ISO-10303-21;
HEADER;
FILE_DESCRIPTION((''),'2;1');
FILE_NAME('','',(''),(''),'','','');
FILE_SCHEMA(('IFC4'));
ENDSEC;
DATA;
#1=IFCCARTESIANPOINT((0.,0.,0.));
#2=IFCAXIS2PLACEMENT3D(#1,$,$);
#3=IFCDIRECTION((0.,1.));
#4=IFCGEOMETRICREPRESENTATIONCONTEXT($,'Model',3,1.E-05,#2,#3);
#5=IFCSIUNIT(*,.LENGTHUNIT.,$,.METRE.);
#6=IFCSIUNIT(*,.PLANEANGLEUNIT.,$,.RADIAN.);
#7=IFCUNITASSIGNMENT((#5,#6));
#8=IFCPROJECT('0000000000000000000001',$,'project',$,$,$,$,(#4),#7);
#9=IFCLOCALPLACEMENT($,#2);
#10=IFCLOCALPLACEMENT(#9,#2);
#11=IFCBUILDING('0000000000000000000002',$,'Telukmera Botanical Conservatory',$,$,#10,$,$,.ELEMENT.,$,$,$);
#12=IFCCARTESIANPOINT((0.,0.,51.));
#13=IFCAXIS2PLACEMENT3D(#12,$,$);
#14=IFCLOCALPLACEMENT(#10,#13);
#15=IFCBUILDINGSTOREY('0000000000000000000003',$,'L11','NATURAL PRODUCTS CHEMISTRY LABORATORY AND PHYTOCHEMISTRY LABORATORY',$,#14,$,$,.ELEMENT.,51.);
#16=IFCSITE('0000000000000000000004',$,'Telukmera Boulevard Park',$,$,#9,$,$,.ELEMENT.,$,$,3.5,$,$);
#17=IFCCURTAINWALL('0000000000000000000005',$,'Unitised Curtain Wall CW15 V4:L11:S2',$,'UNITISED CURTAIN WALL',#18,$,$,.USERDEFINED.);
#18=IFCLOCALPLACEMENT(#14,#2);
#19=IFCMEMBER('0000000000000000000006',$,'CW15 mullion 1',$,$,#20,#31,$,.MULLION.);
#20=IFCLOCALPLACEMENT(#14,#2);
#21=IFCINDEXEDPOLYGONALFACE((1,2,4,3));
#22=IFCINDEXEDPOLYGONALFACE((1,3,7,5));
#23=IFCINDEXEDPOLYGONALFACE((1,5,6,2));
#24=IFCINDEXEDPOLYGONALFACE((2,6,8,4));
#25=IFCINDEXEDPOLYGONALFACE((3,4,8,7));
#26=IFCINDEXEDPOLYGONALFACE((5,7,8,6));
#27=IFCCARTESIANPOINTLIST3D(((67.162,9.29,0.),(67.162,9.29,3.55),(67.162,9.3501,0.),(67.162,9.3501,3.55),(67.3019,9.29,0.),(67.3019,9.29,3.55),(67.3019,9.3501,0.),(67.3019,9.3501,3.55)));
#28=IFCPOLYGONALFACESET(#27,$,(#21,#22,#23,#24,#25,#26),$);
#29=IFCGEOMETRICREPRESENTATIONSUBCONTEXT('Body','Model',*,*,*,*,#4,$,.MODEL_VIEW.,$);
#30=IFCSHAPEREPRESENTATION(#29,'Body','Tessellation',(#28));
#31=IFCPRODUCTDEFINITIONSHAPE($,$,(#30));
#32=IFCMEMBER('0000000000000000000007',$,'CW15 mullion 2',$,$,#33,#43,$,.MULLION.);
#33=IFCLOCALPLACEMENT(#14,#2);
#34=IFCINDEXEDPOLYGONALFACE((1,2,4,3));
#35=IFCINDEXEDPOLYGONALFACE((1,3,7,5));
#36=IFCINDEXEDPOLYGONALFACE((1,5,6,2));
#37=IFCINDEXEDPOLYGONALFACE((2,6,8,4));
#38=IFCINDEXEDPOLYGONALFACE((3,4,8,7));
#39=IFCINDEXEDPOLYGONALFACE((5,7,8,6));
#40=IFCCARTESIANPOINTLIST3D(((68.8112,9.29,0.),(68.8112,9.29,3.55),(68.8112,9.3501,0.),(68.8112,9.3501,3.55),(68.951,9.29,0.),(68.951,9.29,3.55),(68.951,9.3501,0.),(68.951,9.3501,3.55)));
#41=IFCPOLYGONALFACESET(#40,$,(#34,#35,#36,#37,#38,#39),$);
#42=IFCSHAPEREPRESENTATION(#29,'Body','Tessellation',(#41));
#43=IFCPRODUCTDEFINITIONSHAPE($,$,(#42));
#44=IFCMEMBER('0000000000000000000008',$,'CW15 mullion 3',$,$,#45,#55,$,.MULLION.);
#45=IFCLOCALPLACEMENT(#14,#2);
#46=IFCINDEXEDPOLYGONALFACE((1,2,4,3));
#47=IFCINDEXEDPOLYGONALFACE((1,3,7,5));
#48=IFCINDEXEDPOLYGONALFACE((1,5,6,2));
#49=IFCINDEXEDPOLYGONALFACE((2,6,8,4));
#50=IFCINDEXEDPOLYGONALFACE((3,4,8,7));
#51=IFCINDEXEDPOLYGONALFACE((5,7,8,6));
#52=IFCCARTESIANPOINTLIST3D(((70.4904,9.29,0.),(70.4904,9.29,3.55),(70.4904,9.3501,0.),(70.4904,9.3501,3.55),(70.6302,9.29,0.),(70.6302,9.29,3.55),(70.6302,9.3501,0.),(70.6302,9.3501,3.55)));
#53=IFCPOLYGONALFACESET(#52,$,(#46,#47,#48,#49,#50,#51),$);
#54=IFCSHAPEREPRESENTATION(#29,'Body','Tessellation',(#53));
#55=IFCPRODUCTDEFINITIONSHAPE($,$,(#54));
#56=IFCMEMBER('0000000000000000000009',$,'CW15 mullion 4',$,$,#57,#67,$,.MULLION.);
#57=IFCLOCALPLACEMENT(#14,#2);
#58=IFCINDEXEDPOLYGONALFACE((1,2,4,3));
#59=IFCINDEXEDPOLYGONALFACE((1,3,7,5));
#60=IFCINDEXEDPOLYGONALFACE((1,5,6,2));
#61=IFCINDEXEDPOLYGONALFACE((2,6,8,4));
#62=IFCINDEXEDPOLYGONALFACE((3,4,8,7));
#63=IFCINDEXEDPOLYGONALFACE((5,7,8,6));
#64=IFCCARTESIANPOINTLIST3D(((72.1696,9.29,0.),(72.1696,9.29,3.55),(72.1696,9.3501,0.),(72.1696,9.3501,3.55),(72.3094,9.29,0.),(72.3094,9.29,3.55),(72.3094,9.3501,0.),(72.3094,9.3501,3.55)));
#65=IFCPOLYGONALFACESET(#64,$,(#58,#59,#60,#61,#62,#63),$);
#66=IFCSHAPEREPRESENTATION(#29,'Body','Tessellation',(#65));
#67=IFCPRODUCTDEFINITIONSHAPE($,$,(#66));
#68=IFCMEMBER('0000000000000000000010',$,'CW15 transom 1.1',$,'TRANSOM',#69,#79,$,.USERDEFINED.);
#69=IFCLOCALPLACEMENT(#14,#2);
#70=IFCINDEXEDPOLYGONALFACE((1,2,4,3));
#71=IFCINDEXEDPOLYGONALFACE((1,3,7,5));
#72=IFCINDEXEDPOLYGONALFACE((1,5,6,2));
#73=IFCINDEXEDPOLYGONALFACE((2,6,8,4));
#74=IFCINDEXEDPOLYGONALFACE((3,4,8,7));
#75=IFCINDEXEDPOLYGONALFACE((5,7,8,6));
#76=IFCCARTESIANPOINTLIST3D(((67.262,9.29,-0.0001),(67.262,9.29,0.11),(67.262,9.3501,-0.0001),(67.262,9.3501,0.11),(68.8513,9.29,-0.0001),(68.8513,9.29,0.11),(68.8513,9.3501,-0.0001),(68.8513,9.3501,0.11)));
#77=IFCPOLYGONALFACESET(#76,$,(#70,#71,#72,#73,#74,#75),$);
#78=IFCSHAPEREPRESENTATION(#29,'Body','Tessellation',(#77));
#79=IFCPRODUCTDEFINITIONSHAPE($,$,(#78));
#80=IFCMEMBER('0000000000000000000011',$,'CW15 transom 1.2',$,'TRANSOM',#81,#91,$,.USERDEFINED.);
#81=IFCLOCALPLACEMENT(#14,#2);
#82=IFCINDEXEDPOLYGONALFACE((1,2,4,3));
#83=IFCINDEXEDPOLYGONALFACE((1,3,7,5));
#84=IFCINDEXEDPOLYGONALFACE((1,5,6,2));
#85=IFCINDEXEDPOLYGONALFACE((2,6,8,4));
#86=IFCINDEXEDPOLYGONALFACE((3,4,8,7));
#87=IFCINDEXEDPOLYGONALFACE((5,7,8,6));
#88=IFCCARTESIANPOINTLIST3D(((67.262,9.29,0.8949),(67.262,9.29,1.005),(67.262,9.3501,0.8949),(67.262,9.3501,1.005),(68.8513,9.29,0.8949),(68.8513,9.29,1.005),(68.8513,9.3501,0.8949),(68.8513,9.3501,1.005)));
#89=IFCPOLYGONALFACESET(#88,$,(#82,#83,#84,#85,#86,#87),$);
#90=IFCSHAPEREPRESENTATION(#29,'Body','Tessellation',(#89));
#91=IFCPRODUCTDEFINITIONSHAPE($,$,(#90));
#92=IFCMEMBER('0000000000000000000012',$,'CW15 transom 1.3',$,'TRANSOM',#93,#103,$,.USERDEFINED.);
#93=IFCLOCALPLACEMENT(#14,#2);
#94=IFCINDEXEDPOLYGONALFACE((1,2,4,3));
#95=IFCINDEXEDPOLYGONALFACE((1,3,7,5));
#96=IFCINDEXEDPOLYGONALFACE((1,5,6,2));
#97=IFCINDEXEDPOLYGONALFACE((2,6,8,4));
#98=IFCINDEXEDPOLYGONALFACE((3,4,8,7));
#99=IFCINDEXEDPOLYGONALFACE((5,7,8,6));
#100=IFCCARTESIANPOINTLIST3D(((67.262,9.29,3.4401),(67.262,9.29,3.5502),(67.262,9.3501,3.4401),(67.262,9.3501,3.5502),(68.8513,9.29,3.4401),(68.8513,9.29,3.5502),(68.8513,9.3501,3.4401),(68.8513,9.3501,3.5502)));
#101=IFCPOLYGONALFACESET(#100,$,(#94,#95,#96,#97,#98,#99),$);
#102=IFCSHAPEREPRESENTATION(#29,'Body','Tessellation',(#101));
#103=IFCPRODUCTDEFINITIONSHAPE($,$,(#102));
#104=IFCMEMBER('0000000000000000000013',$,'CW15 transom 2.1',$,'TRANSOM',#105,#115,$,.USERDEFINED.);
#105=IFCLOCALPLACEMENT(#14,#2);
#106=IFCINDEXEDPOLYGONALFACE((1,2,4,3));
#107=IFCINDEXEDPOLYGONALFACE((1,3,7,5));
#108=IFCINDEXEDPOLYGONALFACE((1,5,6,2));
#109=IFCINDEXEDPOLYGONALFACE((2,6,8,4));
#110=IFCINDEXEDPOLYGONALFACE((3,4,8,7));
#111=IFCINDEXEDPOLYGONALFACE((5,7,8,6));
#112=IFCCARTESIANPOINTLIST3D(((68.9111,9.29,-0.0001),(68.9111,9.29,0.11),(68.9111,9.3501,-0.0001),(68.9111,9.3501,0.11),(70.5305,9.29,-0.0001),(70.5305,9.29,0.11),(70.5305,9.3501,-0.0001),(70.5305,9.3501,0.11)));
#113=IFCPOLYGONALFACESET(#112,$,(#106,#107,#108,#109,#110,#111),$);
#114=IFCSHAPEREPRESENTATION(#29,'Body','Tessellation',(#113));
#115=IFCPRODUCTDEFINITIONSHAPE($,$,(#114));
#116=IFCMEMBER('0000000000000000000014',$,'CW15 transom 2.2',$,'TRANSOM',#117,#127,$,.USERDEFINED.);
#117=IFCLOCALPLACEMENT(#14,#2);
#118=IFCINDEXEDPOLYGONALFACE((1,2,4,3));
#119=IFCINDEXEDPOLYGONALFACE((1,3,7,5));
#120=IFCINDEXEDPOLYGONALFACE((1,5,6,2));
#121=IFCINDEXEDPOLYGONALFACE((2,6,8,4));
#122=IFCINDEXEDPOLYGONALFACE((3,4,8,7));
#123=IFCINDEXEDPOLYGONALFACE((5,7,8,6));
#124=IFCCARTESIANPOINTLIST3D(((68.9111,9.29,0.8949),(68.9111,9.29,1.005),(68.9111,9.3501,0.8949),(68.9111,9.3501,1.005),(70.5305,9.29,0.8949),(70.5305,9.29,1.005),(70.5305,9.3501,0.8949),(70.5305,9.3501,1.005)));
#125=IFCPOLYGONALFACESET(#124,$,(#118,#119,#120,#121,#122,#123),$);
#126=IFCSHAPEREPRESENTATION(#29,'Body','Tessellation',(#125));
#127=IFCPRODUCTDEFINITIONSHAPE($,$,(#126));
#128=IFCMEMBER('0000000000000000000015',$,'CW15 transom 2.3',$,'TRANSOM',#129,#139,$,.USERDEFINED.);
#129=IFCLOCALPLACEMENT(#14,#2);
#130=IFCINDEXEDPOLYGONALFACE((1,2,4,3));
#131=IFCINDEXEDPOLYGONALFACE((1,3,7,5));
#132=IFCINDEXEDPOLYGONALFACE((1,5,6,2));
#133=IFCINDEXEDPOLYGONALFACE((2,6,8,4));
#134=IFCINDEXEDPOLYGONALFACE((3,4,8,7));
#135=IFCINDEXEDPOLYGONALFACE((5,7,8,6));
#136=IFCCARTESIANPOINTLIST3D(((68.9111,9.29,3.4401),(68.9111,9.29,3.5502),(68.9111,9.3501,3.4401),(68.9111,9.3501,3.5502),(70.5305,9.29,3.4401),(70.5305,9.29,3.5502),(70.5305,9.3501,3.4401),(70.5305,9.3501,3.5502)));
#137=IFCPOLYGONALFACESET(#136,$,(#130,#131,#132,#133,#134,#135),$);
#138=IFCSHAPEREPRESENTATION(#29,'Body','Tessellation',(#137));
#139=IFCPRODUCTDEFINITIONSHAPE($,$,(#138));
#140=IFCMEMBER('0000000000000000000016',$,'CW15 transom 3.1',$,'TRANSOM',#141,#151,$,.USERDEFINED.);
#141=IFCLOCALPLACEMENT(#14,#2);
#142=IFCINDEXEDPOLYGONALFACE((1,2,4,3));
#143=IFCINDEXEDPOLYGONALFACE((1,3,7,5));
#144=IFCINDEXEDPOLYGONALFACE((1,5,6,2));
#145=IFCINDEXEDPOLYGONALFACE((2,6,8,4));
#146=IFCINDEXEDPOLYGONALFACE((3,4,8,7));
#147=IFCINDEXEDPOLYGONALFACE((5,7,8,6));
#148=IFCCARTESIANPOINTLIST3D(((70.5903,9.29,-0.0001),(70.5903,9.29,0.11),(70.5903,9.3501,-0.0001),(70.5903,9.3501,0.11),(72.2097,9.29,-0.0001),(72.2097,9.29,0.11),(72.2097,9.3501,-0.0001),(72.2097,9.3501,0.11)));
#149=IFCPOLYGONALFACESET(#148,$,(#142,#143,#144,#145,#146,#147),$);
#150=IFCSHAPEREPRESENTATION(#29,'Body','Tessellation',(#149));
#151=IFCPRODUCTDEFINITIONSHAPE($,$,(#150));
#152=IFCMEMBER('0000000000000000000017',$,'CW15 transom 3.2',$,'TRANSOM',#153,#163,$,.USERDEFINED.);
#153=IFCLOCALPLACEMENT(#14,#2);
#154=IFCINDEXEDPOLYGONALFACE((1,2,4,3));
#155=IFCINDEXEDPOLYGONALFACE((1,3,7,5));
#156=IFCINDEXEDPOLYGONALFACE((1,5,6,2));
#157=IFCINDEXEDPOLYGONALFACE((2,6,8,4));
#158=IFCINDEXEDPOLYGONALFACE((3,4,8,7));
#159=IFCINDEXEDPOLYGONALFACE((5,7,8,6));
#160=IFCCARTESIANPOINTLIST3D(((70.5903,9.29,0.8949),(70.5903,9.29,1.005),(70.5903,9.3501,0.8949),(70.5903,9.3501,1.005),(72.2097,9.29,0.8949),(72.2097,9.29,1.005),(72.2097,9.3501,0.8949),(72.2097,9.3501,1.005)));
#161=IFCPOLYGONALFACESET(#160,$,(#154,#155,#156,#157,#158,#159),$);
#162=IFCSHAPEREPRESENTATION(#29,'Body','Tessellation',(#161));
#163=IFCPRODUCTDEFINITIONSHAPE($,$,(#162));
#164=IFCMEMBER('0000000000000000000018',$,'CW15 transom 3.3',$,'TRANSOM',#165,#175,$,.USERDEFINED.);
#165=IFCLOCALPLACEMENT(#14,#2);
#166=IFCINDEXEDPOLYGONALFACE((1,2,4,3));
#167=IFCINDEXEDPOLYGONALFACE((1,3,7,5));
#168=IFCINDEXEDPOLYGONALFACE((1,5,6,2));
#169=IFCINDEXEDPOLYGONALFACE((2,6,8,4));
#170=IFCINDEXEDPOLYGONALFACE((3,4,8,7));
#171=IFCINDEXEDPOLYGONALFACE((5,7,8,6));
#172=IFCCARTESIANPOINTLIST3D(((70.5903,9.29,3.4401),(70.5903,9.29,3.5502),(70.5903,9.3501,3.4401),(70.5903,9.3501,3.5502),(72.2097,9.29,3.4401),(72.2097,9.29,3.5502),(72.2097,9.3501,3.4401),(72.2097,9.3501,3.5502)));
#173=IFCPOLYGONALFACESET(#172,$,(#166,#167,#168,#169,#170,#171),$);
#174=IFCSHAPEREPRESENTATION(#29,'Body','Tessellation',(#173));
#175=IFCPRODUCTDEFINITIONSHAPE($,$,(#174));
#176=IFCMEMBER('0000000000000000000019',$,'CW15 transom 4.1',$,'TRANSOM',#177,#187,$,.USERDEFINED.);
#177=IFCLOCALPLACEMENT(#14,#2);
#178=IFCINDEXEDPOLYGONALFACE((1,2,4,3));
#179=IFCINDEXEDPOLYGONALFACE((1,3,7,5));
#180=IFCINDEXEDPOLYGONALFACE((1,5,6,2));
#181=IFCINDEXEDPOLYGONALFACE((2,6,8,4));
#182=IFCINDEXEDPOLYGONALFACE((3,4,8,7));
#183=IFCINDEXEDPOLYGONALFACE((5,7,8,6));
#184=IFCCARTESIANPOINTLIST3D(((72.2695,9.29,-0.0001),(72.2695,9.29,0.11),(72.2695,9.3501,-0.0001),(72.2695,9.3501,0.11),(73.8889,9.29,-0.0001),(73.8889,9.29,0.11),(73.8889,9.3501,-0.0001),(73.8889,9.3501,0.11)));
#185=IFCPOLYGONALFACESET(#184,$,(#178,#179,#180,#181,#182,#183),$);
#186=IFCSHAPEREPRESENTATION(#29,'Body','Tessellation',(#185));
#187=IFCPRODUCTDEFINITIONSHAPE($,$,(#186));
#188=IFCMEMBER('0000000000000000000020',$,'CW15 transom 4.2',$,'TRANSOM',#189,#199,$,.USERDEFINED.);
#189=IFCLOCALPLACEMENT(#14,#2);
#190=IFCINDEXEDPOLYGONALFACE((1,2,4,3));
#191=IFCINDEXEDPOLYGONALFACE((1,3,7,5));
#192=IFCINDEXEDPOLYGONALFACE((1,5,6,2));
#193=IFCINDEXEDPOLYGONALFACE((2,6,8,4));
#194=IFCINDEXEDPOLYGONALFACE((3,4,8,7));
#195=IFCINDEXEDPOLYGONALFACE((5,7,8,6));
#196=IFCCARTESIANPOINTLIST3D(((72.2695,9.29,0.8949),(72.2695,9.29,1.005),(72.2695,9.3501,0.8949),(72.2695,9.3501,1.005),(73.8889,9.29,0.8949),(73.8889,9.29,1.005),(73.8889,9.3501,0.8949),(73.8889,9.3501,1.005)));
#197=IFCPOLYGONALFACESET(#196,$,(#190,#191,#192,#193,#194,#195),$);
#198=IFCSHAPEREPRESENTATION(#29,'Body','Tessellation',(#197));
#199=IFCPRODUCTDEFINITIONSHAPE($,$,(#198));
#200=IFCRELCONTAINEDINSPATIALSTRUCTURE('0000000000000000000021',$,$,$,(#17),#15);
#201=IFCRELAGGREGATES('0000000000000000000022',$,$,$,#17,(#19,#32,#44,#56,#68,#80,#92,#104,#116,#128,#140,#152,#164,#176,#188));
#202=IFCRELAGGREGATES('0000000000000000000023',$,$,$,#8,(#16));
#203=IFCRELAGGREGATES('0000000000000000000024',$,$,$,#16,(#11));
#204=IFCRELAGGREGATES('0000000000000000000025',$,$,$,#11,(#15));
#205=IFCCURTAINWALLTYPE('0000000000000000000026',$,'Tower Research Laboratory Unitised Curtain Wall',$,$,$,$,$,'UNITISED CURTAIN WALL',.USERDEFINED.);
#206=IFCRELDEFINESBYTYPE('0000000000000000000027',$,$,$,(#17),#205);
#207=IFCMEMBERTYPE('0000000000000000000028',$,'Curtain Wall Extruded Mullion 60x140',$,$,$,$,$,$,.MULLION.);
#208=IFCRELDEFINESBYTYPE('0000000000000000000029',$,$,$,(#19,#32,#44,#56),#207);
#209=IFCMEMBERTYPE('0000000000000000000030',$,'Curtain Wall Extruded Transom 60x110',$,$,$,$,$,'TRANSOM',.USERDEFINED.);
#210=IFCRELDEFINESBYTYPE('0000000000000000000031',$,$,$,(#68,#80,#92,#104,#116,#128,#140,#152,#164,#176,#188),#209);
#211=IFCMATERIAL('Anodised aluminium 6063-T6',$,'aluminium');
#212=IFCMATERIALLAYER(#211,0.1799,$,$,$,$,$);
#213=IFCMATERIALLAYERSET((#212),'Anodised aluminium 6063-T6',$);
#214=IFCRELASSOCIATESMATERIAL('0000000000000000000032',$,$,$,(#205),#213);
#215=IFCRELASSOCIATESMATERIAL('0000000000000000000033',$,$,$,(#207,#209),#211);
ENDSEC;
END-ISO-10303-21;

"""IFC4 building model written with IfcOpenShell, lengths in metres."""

from ifc_helpers import new_model, si_unit, direction, frame, origin, origin_2d, place, context, subcontext, project, spatial, rectangle, extrude, material, layer, layer_set, material_profile, profile_set, type_object, element, aggregate, save


model = new_model("IFC4")

# Units and contexts
model_context = context("Model", 3, precision=1e-05, world=origin(), true_north=direction((0.0, 1.0)))
body_context = subcontext(model_context, "Body", "Model", "MODEL_VIEW")
ifc_project = project(units=[si_unit("LENGTHUNIT", "METRE"), si_unit("PLANEANGLEUNIT", "RADIAN")], contexts=[model_context])

# Site, building, storey
site_placement = place(None, origin())
site = spatial("IfcSite", under=ifc_project, at=site_placement, Name="Telukmera Boulevard Park", CompositionType="ELEMENT", RefElevation=3.5)
building_placement = place(site_placement, origin())
building = spatial("IfcBuilding", under=site, at=building_placement, Name="Telukmera Botanical Conservatory", CompositionType="ELEMENT")
storey_placement = place(building_placement, frame((0.0, 0.0, 51.0)))
storey = spatial("IfcBuildingStorey", under=building, at=storey_placement, Name="L11", Description="NATURAL PRODUCTS CHEMISTRY LABORATORY AND PHYTOCHEMISTRY LABORATORY", CompositionType="ELEMENT", Elevation=51.0)

# Curtain wall, members
ifc_material_1 = material(Name="Anodised aluminium 6063-T6", Category="aluminium")
ifc_layer_1 = layer(ifc_material_1, 0.1799)
ifc_layer_set_1 = layer_set([ifc_layer_1], Name="Anodised aluminium 6063-T6")
curtain_wall_type = type_object("IfcCurtainWallType", Name="Tower Research Laboratory Unitised Curtain Wall", ElementType="UNITISED CURTAIN WALL", PredefinedType="USERDEFINED", material=ifc_layer_set_1)
curtain_wall_placement = place(storey_placement, origin())
curtain_wall = element("IfcCurtainWall", 1, at=curtain_wall_placement, inside=storey, type_object=curtain_wall_type, Name="Unitised Curtain Wall CW15 V4:L11:S2", ObjectType="UNITISED CURTAIN WALL", PredefinedType="USERDEFINED")
ifc_material_profile_1 = material_profile(ifc_material_1, rectangle(XDim=0.0601, YDim=0.1399, at=origin_2d()), Name="ALU MULL 60x140")
ifc_profile_set_1 = profile_set([ifc_material_profile_1], Name="Anodised aluminium 6063-T6")
member_type_1 = type_object("IfcMemberType", Name="Curtain Wall Extruded Mullion 60x140", PredefinedType="MULLION", material=ifc_profile_set_1)
member_1_placement = place(storey_placement, frame((67.2319, 9.3201, 0.0), z_axis=(0.0, 0.0, 1.0), x_axis=(0.0, 1.0, 0.0)))
member_1 = element("IfcMember", 2, at=member_1_placement, type_object=member_type_1, Name="CW15 mullion 1", PredefinedType="MULLION", context=body_context, shape_type="SweptSolid", body=[
    extrude(rectangle(XDim=0.0601, YDim=0.1399, at=origin_2d()), origin(), (0.0, 0.0, 1.0), 3.55),
])
member_2_placement = place(storey_placement, frame((68.8811, 9.3201, 0.0), z_axis=(0.0, 0.0, 1.0), x_axis=(0.0, 1.0, 0.0)))
member_2 = element("IfcMember", 3, at=member_2_placement, type_object=member_type_1, Name="CW15 mullion 2", PredefinedType="MULLION", context=body_context, shape_type="SweptSolid", body=[
    extrude(rectangle(XDim=0.0601, YDim=0.1399, at=origin_2d()), origin(), (0.0, 0.0, 1.0), 3.55),
])
member_3_placement = place(storey_placement, frame((70.5603, 9.3201, 0.0), z_axis=(0.0, 0.0, 1.0), x_axis=(0.0, 1.0, 0.0)))
member_3 = element("IfcMember", 4, at=member_3_placement, type_object=member_type_1, Name="CW15 mullion 3", PredefinedType="MULLION", context=body_context, shape_type="SweptSolid", body=[
    extrude(rectangle(XDim=0.0601, YDim=0.1399, at=origin_2d()), origin(), (0.0, 0.0, 1.0), 3.55),
])
member_4_placement = place(storey_placement, frame((72.2395, 9.3201, 0.0), z_axis=(0.0, 0.0, 1.0), x_axis=(0.0, 1.0, 0.0)))
member_4 = element("IfcMember", 5, at=member_4_placement, type_object=member_type_1, Name="CW15 mullion 4", PredefinedType="MULLION", context=body_context, shape_type="SweptSolid", body=[
    extrude(rectangle(XDim=0.0601, YDim=0.1399, at=origin_2d()), origin(), (0.0, 0.0, 1.0), 3.55),
])
ifc_material_profile_2 = material_profile(ifc_material_1, rectangle(XDim=0.0601, YDim=0.1101, at=origin_2d()), Name="ALU TRAN 60x110")
ifc_profile_set_2 = profile_set([ifc_material_profile_2], Name="Anodised aluminium 6063-T6")
member_type_2 = type_object("IfcMemberType", Name="Curtain Wall Extruded Transom 60x110", ElementType="TRANSOM", PredefinedType="USERDEFINED", material=ifc_profile_set_2)
member_5_placement = place(storey_placement, frame((67.262, 9.3201, 0.0549), z_axis=(1.0, 0.0, 0.0), x_axis=(0.0, 1.0, 0.0)))
member_5 = element("IfcMember", 6, at=member_5_placement, type_object=member_type_2, Name="CW15 transom 1.1", ObjectType="TRANSOM", PredefinedType="USERDEFINED", context=body_context, shape_type="SweptSolid", body=[
    extrude(rectangle(XDim=0.0601, YDim=0.1101, at=origin_2d()), origin(), (0.0, 0.0, 1.0), 1.5894),
])
member_6_placement = place(storey_placement, frame((67.262, 9.3201, 0.95), z_axis=(1.0, 0.0, 0.0), x_axis=(0.0, 1.0, 0.0)))
member_6 = element("IfcMember", 7, at=member_6_placement, type_object=member_type_2, Name="CW15 transom 1.2", ObjectType="TRANSOM", PredefinedType="USERDEFINED", context=body_context, shape_type="SweptSolid", body=[
    extrude(rectangle(XDim=0.0601, YDim=0.1101, at=origin_2d()), origin(), (0.0, 0.0, 1.0), 1.5894),
])
member_7_placement = place(storey_placement, frame((67.262, 9.3201, 3.4951), z_axis=(1.0, 0.0, 0.0), x_axis=(0.0, 1.0, 0.0)))
member_7 = element("IfcMember", 8, at=member_7_placement, type_object=member_type_2, Name="CW15 transom 1.3", ObjectType="TRANSOM", PredefinedType="USERDEFINED", context=body_context, shape_type="SweptSolid", body=[
    extrude(rectangle(XDim=0.0601, YDim=0.1101, at=origin_2d()), origin(), (0.0, 0.0, 1.0), 1.5894),
])
member_8_placement = place(storey_placement, frame((68.9111, 9.3201, 0.0549), z_axis=(1.0, 0.0, 0.0), x_axis=(0.0, 1.0, 0.0)))
member_8 = element("IfcMember", 9, at=member_8_placement, type_object=member_type_2, Name="CW15 transom 2.1", ObjectType="TRANSOM", PredefinedType="USERDEFINED", context=body_context, shape_type="SweptSolid", body=[
    extrude(rectangle(XDim=0.0601, YDim=0.1101, at=origin_2d()), origin(), (0.0, 0.0, 1.0), 1.6194),
])
member_9_placement = place(storey_placement, frame((68.9111, 9.3201, 0.95), z_axis=(1.0, 0.0, 0.0), x_axis=(0.0, 1.0, 0.0)))
member_9 = element("IfcMember", 10, at=member_9_placement, type_object=member_type_2, Name="CW15 transom 2.2", ObjectType="TRANSOM", PredefinedType="USERDEFINED", context=body_context, shape_type="SweptSolid", body=[
    extrude(rectangle(XDim=0.0601, YDim=0.1101, at=origin_2d()), origin(), (0.0, 0.0, 1.0), 1.6194),
])
member_10_placement = place(storey_placement, frame((68.9111, 9.3201, 3.4951), z_axis=(1.0, 0.0, 0.0), x_axis=(0.0, 1.0, 0.0)))
member_10 = element("IfcMember", 11, at=member_10_placement, type_object=member_type_2, Name="CW15 transom 2.3", ObjectType="TRANSOM", PredefinedType="USERDEFINED", context=body_context, shape_type="SweptSolid", body=[
    extrude(rectangle(XDim=0.0601, YDim=0.1101, at=origin_2d()), origin(), (0.0, 0.0, 1.0), 1.6194),
])
member_11_placement = place(storey_placement, frame((70.5903, 9.3201, 0.0549), z_axis=(1.0, 0.0, 0.0), x_axis=(0.0, 1.0, 0.0)))
member_11 = element("IfcMember", 12, at=member_11_placement, type_object=member_type_2, Name="CW15 transom 3.1", ObjectType="TRANSOM", PredefinedType="USERDEFINED", context=body_context, shape_type="SweptSolid", body=[
    extrude(rectangle(XDim=0.0601, YDim=0.1101, at=origin_2d()), origin(), (0.0, 0.0, 1.0), 1.6194),
])
member_12_placement = place(storey_placement, frame((70.5903, 9.3201, 0.95), z_axis=(1.0, 0.0, 0.0), x_axis=(0.0, 1.0, 0.0)))
member_12 = element("IfcMember", 13, at=member_12_placement, type_object=member_type_2, Name="CW15 transom 3.2", ObjectType="TRANSOM", PredefinedType="USERDEFINED", context=body_context, shape_type="SweptSolid", body=[
    extrude(rectangle(XDim=0.0601, YDim=0.1101, at=origin_2d()), origin(), (0.0, 0.0, 1.0), 1.6194),
])
member_13_placement = place(storey_placement, frame((70.5903, 9.3201, 3.4951), z_axis=(1.0, 0.0, 0.0), x_axis=(0.0, 1.0, 0.0)))
member_13 = element("IfcMember", 14, at=member_13_placement, type_object=member_type_2, Name="CW15 transom 3.3", ObjectType="TRANSOM", PredefinedType="USERDEFINED", context=body_context, shape_type="SweptSolid", body=[
    extrude(rectangle(XDim=0.0601, YDim=0.1101, at=origin_2d()), origin(), (0.0, 0.0, 1.0), 1.6194),
])
member_14_placement = place(storey_placement, frame((72.2695, 9.3201, 0.0549), z_axis=(1.0, 0.0, 0.0), x_axis=(0.0, 1.0, 0.0)))
member_14 = element("IfcMember", 15, at=member_14_placement, type_object=member_type_2, Name="CW15 transom 4.1", ObjectType="TRANSOM", PredefinedType="USERDEFINED", context=body_context, shape_type="SweptSolid", body=[
    extrude(rectangle(XDim=0.0601, YDim=0.1101, at=origin_2d()), origin(), (0.0, 0.0, 1.0), 1.6194),
])
member_15_placement = place(storey_placement, frame((72.2695, 9.3201, 0.95), z_axis=(1.0, 0.0, 0.0), x_axis=(0.0, 1.0, 0.0)))
member_15 = element("IfcMember", 16, at=member_15_placement, type_object=member_type_2, Name="CW15 transom 4.2", ObjectType="TRANSOM", PredefinedType="USERDEFINED", context=body_context, shape_type="SweptSolid", body=[
    extrude(rectangle(XDim=0.0601, YDim=0.1101, at=origin_2d()), origin(), (0.0, 0.0, 1.0), 1.6194),
])
aggregate(curtain_wall, [member_1, member_2, member_3, member_4, member_5, member_6, member_7, member_8, member_9, member_10, member_11, member_12, member_13, member_14, member_15])

save(model, "model.ifc")
